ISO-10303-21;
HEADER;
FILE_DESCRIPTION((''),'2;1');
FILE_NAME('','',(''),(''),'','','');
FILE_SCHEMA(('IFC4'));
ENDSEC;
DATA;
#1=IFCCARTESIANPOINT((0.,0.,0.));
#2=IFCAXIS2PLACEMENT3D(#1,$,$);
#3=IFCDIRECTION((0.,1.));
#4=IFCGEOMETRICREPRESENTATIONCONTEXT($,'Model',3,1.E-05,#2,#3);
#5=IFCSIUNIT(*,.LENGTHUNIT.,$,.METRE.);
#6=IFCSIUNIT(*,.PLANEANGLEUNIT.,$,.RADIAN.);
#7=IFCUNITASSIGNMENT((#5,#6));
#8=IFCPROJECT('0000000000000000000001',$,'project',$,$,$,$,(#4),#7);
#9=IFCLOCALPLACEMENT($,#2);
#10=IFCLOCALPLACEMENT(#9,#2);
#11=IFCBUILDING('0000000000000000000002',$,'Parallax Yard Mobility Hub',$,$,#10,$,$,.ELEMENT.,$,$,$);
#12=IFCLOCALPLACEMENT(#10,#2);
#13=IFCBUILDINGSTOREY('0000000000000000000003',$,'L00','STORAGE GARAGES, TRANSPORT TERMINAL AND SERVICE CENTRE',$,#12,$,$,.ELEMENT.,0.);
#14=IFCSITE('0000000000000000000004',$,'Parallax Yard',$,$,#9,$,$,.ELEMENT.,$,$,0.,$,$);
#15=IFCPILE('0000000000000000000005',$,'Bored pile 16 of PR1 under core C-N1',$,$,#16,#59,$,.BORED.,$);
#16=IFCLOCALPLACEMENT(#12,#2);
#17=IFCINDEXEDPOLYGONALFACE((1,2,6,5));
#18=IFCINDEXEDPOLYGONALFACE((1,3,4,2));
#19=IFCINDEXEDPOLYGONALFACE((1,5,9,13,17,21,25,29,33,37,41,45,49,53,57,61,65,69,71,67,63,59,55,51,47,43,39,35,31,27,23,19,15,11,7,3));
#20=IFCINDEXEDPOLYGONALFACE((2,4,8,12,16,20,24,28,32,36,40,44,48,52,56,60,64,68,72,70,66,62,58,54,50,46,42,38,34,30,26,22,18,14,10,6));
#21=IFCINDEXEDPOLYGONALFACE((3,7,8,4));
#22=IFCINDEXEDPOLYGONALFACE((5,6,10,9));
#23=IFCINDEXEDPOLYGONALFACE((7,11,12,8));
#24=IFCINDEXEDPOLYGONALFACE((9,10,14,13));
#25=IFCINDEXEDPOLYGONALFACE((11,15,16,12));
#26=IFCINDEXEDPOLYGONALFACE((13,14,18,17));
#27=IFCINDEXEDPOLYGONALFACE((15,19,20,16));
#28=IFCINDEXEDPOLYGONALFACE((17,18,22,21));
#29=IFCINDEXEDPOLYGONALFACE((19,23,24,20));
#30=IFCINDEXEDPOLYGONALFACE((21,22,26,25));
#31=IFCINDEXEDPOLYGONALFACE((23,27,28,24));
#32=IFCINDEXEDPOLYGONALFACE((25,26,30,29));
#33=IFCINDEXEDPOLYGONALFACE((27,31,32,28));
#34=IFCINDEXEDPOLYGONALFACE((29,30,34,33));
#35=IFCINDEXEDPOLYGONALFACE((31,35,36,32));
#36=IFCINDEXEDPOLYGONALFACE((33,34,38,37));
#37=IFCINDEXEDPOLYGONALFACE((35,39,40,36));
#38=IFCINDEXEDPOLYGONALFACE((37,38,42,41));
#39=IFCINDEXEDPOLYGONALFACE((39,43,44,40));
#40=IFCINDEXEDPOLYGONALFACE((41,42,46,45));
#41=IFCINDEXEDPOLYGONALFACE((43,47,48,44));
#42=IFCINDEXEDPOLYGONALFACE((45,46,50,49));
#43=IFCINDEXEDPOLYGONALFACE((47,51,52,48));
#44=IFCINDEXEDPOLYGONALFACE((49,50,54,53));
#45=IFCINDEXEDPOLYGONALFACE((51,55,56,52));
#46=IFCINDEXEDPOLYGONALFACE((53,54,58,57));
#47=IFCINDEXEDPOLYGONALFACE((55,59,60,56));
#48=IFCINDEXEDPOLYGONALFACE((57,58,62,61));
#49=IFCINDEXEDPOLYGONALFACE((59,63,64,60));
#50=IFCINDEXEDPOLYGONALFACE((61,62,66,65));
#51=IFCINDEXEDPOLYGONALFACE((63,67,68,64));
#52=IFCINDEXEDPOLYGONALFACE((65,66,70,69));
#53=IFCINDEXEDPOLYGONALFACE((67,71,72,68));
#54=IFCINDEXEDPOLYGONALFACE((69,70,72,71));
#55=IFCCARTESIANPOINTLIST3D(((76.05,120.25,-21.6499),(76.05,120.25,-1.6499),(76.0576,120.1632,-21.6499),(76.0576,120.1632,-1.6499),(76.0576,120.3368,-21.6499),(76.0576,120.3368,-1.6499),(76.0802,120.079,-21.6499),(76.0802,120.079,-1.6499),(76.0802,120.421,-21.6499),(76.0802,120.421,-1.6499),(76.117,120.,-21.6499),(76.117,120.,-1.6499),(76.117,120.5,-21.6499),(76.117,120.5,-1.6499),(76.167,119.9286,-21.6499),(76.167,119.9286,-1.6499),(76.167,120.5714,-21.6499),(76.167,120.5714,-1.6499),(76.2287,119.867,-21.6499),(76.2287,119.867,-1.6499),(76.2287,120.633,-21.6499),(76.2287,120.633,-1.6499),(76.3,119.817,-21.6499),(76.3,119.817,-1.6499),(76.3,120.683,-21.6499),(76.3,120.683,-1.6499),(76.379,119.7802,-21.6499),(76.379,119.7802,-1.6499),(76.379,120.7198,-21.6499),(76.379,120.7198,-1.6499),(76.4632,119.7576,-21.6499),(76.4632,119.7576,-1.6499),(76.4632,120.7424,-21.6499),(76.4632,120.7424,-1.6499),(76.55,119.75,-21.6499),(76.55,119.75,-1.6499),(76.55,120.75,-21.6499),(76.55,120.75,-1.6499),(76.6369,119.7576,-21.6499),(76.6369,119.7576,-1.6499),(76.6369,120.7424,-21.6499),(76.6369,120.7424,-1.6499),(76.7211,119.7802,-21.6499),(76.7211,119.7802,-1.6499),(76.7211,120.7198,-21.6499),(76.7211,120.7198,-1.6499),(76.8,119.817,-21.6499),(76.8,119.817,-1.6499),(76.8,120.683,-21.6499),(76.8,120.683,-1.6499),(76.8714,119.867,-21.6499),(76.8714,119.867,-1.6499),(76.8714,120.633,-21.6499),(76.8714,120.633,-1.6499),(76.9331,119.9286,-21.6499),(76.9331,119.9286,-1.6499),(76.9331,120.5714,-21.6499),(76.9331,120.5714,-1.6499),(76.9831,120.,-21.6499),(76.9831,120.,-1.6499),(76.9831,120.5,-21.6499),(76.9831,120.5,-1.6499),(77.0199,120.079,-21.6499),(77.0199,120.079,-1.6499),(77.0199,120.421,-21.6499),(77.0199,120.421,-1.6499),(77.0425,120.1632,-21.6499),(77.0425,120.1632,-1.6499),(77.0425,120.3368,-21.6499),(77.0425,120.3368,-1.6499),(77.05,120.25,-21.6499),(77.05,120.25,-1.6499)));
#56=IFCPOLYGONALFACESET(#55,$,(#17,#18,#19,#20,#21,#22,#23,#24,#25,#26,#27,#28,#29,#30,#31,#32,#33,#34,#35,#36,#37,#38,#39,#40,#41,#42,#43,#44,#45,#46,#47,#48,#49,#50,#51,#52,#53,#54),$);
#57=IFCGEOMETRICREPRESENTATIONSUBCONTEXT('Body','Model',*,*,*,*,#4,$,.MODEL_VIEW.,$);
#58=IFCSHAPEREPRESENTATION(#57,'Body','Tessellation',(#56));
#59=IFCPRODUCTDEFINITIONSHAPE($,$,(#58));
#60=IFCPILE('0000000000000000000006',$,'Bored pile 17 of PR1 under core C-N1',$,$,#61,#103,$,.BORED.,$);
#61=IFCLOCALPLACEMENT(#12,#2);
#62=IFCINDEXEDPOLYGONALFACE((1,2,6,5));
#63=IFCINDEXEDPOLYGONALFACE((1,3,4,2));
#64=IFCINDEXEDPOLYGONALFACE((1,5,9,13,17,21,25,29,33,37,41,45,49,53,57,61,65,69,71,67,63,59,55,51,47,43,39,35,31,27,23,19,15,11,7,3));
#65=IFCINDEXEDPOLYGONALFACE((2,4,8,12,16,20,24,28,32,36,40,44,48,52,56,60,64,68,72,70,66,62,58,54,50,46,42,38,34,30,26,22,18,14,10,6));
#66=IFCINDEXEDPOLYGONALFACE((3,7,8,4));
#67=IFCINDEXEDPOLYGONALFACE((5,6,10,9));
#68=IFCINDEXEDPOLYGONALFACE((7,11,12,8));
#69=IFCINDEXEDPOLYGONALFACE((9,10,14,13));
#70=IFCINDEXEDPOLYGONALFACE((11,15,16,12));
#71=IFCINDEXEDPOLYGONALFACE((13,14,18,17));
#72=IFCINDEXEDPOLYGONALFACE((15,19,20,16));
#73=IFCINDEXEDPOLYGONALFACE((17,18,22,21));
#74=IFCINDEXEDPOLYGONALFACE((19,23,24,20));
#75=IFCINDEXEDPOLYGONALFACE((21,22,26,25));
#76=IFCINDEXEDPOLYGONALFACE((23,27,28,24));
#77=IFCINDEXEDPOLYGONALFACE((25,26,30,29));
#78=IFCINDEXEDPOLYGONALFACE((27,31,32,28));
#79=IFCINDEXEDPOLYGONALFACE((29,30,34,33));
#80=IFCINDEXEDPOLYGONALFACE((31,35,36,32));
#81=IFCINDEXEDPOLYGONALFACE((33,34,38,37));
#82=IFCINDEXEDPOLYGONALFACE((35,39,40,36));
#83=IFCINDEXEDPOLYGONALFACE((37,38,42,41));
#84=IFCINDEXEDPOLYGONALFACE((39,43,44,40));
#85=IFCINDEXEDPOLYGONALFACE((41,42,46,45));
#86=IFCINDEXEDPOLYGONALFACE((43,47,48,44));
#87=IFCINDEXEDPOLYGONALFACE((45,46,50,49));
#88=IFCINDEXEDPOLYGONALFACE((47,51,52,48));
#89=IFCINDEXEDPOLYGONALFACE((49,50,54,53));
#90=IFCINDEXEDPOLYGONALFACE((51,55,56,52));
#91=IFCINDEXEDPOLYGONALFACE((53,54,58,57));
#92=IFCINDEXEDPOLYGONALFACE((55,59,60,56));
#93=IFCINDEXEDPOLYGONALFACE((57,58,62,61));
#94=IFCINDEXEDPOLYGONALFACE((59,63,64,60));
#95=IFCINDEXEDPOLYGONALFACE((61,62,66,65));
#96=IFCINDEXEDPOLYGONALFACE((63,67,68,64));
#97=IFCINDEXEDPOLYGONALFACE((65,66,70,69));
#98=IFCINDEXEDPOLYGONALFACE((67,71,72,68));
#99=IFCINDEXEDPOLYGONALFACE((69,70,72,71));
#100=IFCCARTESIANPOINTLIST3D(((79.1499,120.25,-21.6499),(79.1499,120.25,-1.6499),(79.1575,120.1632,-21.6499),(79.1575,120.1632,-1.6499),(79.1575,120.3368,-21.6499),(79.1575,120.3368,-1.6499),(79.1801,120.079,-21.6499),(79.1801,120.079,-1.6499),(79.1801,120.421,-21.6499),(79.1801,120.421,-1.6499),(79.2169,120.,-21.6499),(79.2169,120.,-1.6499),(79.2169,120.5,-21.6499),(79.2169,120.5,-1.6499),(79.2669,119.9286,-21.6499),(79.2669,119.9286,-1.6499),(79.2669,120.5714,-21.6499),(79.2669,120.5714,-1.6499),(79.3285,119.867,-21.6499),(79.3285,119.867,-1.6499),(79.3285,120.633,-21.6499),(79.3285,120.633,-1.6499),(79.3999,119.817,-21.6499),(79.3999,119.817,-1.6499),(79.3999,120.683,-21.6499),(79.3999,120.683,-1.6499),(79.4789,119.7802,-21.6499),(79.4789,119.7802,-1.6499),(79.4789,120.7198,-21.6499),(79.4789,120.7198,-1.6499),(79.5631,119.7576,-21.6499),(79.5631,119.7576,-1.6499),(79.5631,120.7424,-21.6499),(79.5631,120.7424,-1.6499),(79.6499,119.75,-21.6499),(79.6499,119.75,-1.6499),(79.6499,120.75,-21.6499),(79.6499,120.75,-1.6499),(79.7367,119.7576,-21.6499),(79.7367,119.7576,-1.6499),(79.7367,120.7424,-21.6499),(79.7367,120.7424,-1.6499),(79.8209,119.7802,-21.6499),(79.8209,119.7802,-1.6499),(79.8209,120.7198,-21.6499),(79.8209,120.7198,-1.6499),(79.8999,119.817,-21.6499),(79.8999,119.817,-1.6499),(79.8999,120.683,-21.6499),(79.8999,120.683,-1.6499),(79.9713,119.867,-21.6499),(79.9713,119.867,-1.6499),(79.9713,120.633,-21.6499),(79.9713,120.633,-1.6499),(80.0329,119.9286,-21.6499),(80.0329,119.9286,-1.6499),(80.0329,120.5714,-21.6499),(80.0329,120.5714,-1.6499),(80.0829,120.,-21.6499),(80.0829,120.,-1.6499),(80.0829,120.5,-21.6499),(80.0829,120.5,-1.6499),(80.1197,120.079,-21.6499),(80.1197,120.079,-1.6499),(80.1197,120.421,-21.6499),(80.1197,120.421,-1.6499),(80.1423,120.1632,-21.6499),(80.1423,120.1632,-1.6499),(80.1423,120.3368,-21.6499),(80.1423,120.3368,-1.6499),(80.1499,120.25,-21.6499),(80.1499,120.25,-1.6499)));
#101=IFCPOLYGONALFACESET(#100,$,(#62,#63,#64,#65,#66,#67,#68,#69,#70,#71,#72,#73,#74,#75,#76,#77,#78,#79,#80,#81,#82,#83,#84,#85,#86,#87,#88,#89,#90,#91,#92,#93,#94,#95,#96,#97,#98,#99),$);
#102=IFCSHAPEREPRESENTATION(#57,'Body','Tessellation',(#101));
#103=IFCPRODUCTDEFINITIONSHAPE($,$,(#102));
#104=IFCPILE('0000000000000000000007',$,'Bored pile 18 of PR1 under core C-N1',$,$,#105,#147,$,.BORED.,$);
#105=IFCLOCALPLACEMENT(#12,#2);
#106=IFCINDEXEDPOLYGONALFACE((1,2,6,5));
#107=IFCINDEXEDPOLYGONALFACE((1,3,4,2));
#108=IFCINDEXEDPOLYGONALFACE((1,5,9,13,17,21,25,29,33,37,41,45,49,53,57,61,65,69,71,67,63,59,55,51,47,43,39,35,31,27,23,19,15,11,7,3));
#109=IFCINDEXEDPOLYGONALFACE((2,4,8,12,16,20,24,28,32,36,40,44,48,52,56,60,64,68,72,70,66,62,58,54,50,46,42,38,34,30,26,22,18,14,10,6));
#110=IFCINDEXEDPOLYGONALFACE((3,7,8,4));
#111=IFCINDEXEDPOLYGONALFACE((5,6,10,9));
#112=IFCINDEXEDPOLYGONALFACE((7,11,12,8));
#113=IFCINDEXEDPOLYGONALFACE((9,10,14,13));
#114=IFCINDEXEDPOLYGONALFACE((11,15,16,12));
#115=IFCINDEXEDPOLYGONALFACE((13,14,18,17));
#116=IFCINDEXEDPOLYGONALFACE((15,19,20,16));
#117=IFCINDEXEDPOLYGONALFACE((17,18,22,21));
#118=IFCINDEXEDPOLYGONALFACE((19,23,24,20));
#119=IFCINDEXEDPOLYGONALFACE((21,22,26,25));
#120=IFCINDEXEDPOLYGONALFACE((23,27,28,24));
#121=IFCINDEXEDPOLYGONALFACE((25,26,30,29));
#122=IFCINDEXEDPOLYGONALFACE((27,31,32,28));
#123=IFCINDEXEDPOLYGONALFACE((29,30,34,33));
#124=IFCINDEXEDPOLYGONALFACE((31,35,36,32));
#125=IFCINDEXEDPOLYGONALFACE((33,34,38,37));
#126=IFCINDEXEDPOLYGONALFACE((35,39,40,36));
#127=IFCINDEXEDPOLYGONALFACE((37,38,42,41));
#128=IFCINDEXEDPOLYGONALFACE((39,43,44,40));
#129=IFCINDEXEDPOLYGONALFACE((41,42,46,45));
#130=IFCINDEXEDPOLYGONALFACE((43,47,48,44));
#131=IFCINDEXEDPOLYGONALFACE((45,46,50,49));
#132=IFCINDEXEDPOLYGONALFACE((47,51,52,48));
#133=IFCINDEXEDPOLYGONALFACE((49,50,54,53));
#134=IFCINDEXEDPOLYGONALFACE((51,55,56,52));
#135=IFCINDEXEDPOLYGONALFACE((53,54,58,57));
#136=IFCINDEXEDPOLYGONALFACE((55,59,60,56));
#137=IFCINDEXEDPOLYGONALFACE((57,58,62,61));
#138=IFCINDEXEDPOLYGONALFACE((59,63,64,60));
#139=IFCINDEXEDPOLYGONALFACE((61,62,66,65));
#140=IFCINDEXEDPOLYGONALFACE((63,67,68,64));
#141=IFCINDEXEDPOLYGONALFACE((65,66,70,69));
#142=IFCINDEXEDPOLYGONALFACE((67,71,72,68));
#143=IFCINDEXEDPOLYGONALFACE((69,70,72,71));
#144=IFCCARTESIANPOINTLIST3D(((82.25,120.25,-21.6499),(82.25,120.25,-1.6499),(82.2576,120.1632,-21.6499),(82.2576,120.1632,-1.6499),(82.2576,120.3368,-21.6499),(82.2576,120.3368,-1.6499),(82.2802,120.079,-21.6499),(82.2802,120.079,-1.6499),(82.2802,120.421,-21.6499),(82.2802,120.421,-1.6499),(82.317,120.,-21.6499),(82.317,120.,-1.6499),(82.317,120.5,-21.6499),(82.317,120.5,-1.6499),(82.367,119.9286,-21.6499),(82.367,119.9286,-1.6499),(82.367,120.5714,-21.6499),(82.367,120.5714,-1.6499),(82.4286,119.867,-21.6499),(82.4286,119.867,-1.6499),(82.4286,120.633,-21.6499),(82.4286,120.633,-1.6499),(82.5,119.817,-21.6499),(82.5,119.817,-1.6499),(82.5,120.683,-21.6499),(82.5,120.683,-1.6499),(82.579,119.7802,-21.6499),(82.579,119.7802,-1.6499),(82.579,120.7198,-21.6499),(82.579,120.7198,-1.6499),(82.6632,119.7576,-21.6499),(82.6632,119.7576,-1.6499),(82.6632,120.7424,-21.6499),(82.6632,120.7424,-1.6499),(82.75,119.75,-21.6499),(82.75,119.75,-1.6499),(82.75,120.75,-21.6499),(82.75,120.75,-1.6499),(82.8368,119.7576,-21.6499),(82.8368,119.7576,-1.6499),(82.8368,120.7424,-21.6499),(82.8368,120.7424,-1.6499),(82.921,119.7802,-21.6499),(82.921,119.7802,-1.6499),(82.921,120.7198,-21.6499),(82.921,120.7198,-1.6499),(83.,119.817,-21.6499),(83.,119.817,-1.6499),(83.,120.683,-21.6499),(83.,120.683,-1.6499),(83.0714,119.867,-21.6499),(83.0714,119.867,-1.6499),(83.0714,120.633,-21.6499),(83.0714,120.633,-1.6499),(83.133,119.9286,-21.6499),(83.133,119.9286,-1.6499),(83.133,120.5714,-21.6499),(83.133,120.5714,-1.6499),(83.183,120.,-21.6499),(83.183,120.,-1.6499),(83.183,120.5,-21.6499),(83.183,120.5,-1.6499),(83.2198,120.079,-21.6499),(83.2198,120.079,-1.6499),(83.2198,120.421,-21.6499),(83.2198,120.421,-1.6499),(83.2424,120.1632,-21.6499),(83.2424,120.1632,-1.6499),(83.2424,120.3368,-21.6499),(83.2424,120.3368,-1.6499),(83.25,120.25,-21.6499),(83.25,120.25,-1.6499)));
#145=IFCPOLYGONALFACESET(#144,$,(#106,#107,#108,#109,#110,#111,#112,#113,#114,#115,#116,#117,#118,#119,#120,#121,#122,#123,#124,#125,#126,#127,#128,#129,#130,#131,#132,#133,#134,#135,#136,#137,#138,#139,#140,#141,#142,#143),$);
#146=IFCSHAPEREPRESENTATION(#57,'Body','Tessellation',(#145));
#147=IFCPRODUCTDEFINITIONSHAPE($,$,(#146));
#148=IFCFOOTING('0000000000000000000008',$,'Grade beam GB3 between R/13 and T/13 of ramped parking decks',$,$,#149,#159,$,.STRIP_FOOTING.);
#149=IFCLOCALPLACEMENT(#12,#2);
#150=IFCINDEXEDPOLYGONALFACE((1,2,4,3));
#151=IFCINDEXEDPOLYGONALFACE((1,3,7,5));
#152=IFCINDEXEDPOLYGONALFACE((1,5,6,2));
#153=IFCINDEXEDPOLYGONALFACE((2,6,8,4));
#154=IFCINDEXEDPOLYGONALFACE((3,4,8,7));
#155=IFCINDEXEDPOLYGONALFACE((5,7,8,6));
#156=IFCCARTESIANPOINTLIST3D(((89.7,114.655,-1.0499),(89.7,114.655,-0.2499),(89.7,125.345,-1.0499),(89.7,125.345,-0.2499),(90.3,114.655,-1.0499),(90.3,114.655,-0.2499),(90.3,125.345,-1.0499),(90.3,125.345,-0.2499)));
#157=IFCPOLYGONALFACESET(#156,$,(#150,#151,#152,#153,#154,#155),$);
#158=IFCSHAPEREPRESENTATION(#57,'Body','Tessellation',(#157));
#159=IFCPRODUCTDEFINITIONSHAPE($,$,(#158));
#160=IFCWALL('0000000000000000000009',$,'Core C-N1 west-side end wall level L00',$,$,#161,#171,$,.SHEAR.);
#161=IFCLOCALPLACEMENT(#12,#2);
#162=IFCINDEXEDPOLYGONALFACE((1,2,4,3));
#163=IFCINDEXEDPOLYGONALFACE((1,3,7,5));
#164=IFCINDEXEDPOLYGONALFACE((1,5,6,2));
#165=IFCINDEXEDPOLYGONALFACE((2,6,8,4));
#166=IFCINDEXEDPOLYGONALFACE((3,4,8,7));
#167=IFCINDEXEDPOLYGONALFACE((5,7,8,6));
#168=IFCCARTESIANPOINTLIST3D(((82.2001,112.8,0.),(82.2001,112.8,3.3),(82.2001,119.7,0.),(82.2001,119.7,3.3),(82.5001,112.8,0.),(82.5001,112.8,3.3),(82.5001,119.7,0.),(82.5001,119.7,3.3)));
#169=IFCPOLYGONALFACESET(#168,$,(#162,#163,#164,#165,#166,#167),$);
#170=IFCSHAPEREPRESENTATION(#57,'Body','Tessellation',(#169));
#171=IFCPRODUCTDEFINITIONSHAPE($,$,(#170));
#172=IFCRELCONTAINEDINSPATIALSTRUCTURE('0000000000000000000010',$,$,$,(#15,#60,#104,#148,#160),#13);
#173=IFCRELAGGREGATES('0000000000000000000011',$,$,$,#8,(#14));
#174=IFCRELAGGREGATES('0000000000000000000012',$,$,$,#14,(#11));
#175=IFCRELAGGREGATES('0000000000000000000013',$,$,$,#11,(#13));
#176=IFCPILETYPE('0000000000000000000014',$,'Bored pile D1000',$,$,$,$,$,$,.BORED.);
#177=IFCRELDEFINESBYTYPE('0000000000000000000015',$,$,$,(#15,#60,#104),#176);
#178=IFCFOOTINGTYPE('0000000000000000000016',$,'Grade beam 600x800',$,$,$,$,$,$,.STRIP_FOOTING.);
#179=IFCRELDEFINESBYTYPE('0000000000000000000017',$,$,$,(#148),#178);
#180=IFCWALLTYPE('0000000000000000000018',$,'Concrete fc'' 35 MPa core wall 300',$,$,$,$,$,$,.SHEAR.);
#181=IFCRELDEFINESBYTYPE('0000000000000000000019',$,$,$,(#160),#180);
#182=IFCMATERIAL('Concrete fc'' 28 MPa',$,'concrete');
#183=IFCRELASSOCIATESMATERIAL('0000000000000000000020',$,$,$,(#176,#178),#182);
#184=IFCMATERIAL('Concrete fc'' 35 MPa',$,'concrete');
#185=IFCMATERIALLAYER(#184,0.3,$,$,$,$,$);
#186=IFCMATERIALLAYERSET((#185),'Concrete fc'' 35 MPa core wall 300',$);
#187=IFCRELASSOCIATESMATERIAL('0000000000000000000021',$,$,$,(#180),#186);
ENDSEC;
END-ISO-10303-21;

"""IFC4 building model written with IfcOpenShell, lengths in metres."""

from ifc_helpers import new_model, si_unit, direction, frame, frame_2d, origin, origin_2d, place, context, subcontext, project, spatial, rectangle, circle, extrude, material, layer, layer_set, material_profile, profile_set, type_object, element, save


model = new_model("IFC4")

# Units and contexts
model_context = context("Model", 3, precision=1e-05, world=origin(), true_north=direction((0.0, 1.0)))
body_context = subcontext(model_context, "Body", "Model", "MODEL_VIEW")
ifc_project = project(units=[si_unit("LENGTHUNIT", "METRE"), si_unit("PLANEANGLEUNIT", "RADIAN")], contexts=[model_context])

# Site, building, storey
site_placement = place(None, origin())
site = spatial("IfcSite", under=ifc_project, at=site_placement, Name="Parallax Yard", CompositionType="ELEMENT", RefElevation=0.0)
building_placement = place(site_placement, origin())
building = spatial("IfcBuilding", under=site, at=building_placement, Name="Parallax Yard Mobility Hub", CompositionType="ELEMENT")
storey_placement = place(building_placement, origin())
storey = spatial("IfcBuildingStorey", under=building, at=storey_placement, Name="L00", Description="STORAGE GARAGES, TRANSPORT TERMINAL AND SERVICE CENTRE", CompositionType="ELEMENT", Elevation=0.0)

# Piles
ifc_material_1 = material(Name="Concrete fc' 28 MPa", Category="concrete")
ifc_material_profile_1 = material_profile(ifc_material_1, circle(Radius=0.5, at=origin_2d()), Name="Bored pile D1000")
ifc_profile_set_1 = profile_set([ifc_material_profile_1], Name="Concrete fc' 28 MPa")
pile_type = type_object("IfcPileType", Name="Bored pile D1000", PredefinedType="BORED", material=ifc_profile_set_1)
for number, where, z_axis, x_axis, name in (
    (1, (76.55, 120.25, -1.6499), (0.0, 0.0, -1.0), (1.0, 0.0, 0.0), "Bored pile 16 of PR1 under core C-N1"),
    (2, (79.6499, 120.25, -1.6499), (0.0, 0.0, -1.0), (1.0, 0.0, 0.0), "Bored pile 17 of PR1 under core C-N1"),
    (3, (82.75, 120.25, -1.6499), (0.0, 0.0, -1.0), (1.0, 0.0, 0.0), "Bored pile 18 of PR1 under core C-N1"),
):
    element("IfcPile", number, at=place(storey_placement, frame(where, z_axis=z_axis, x_axis=x_axis)), inside=storey, type_object=pile_type, Name=name, PredefinedType="BORED", context=body_context, shape_type="SweptSolid", body=[
        extrude(circle(Radius=0.5, at=origin_2d()), origin(), (0.0, 0.0, 1.0), 20.0),
    ])

# Footing
ifc_material_profile_2 = material_profile(ifc_material_1, rectangle(XDim=0.6001, YDim=0.8, at=origin_2d()), Name="Grade beam 600x800")
ifc_profile_set_2 = profile_set([ifc_material_profile_2], Name="Concrete fc' 28 MPa")
footing_type = type_object("IfcFootingType", Name="Grade beam 600x800", PredefinedType="STRIP_FOOTING", material=ifc_profile_set_2)
footing_placement = place(storey_placement, frame((90.0, 114.655, -0.6499), z_axis=(0.0, 1.0, 0.0), x_axis=(-1.0, 0.0, 0.0)))
element("IfcFooting", 4, at=footing_placement, inside=storey, type_object=footing_type, Name="Grade beam GB3 between R/13 and T/13 of ramped parking decks", PredefinedType="STRIP_FOOTING", context=body_context, shape_type="SweptSolid", body=[
    extrude(rectangle(XDim=0.6001, YDim=0.8, at=origin_2d()), origin(), (0.0, 0.0, 1.0), 10.6899),
])

# Wall
ifc_material_2 = material(Name="Concrete fc' 35 MPa", Category="concrete")
ifc_layer_1 = layer(ifc_material_2, 0.3)
ifc_layer_set_1 = layer_set([ifc_layer_1], Name="Concrete fc' 35 MPa core wall 300")
wall_type_1 = type_object("IfcWallType", Name="Concrete fc' 35 MPa core wall 300", PredefinedType="SHEAR", material=ifc_layer_set_1)
wall_1_placement = place(storey_placement, frame((82.3501, 119.7, 0.0), z_axis=(0.0, 0.0, 1.0), x_axis=(0.0, -1.0, 0.0)))
element("IfcWall", 5, at=wall_1_placement, inside=storey, type_object=wall_type_1, Name="Core C-N1 west-side end wall level L00", PredefinedType="SHEAR", context=body_context, shape_type="SweptSolid", body=[
    extrude(rectangle(XDim=6.8999, YDim=0.3, at=frame_2d((3.45, 0.0))), origin(), (0.0, 0.0, 1.0), 3.3),
])

save(model, "model.ifc")
